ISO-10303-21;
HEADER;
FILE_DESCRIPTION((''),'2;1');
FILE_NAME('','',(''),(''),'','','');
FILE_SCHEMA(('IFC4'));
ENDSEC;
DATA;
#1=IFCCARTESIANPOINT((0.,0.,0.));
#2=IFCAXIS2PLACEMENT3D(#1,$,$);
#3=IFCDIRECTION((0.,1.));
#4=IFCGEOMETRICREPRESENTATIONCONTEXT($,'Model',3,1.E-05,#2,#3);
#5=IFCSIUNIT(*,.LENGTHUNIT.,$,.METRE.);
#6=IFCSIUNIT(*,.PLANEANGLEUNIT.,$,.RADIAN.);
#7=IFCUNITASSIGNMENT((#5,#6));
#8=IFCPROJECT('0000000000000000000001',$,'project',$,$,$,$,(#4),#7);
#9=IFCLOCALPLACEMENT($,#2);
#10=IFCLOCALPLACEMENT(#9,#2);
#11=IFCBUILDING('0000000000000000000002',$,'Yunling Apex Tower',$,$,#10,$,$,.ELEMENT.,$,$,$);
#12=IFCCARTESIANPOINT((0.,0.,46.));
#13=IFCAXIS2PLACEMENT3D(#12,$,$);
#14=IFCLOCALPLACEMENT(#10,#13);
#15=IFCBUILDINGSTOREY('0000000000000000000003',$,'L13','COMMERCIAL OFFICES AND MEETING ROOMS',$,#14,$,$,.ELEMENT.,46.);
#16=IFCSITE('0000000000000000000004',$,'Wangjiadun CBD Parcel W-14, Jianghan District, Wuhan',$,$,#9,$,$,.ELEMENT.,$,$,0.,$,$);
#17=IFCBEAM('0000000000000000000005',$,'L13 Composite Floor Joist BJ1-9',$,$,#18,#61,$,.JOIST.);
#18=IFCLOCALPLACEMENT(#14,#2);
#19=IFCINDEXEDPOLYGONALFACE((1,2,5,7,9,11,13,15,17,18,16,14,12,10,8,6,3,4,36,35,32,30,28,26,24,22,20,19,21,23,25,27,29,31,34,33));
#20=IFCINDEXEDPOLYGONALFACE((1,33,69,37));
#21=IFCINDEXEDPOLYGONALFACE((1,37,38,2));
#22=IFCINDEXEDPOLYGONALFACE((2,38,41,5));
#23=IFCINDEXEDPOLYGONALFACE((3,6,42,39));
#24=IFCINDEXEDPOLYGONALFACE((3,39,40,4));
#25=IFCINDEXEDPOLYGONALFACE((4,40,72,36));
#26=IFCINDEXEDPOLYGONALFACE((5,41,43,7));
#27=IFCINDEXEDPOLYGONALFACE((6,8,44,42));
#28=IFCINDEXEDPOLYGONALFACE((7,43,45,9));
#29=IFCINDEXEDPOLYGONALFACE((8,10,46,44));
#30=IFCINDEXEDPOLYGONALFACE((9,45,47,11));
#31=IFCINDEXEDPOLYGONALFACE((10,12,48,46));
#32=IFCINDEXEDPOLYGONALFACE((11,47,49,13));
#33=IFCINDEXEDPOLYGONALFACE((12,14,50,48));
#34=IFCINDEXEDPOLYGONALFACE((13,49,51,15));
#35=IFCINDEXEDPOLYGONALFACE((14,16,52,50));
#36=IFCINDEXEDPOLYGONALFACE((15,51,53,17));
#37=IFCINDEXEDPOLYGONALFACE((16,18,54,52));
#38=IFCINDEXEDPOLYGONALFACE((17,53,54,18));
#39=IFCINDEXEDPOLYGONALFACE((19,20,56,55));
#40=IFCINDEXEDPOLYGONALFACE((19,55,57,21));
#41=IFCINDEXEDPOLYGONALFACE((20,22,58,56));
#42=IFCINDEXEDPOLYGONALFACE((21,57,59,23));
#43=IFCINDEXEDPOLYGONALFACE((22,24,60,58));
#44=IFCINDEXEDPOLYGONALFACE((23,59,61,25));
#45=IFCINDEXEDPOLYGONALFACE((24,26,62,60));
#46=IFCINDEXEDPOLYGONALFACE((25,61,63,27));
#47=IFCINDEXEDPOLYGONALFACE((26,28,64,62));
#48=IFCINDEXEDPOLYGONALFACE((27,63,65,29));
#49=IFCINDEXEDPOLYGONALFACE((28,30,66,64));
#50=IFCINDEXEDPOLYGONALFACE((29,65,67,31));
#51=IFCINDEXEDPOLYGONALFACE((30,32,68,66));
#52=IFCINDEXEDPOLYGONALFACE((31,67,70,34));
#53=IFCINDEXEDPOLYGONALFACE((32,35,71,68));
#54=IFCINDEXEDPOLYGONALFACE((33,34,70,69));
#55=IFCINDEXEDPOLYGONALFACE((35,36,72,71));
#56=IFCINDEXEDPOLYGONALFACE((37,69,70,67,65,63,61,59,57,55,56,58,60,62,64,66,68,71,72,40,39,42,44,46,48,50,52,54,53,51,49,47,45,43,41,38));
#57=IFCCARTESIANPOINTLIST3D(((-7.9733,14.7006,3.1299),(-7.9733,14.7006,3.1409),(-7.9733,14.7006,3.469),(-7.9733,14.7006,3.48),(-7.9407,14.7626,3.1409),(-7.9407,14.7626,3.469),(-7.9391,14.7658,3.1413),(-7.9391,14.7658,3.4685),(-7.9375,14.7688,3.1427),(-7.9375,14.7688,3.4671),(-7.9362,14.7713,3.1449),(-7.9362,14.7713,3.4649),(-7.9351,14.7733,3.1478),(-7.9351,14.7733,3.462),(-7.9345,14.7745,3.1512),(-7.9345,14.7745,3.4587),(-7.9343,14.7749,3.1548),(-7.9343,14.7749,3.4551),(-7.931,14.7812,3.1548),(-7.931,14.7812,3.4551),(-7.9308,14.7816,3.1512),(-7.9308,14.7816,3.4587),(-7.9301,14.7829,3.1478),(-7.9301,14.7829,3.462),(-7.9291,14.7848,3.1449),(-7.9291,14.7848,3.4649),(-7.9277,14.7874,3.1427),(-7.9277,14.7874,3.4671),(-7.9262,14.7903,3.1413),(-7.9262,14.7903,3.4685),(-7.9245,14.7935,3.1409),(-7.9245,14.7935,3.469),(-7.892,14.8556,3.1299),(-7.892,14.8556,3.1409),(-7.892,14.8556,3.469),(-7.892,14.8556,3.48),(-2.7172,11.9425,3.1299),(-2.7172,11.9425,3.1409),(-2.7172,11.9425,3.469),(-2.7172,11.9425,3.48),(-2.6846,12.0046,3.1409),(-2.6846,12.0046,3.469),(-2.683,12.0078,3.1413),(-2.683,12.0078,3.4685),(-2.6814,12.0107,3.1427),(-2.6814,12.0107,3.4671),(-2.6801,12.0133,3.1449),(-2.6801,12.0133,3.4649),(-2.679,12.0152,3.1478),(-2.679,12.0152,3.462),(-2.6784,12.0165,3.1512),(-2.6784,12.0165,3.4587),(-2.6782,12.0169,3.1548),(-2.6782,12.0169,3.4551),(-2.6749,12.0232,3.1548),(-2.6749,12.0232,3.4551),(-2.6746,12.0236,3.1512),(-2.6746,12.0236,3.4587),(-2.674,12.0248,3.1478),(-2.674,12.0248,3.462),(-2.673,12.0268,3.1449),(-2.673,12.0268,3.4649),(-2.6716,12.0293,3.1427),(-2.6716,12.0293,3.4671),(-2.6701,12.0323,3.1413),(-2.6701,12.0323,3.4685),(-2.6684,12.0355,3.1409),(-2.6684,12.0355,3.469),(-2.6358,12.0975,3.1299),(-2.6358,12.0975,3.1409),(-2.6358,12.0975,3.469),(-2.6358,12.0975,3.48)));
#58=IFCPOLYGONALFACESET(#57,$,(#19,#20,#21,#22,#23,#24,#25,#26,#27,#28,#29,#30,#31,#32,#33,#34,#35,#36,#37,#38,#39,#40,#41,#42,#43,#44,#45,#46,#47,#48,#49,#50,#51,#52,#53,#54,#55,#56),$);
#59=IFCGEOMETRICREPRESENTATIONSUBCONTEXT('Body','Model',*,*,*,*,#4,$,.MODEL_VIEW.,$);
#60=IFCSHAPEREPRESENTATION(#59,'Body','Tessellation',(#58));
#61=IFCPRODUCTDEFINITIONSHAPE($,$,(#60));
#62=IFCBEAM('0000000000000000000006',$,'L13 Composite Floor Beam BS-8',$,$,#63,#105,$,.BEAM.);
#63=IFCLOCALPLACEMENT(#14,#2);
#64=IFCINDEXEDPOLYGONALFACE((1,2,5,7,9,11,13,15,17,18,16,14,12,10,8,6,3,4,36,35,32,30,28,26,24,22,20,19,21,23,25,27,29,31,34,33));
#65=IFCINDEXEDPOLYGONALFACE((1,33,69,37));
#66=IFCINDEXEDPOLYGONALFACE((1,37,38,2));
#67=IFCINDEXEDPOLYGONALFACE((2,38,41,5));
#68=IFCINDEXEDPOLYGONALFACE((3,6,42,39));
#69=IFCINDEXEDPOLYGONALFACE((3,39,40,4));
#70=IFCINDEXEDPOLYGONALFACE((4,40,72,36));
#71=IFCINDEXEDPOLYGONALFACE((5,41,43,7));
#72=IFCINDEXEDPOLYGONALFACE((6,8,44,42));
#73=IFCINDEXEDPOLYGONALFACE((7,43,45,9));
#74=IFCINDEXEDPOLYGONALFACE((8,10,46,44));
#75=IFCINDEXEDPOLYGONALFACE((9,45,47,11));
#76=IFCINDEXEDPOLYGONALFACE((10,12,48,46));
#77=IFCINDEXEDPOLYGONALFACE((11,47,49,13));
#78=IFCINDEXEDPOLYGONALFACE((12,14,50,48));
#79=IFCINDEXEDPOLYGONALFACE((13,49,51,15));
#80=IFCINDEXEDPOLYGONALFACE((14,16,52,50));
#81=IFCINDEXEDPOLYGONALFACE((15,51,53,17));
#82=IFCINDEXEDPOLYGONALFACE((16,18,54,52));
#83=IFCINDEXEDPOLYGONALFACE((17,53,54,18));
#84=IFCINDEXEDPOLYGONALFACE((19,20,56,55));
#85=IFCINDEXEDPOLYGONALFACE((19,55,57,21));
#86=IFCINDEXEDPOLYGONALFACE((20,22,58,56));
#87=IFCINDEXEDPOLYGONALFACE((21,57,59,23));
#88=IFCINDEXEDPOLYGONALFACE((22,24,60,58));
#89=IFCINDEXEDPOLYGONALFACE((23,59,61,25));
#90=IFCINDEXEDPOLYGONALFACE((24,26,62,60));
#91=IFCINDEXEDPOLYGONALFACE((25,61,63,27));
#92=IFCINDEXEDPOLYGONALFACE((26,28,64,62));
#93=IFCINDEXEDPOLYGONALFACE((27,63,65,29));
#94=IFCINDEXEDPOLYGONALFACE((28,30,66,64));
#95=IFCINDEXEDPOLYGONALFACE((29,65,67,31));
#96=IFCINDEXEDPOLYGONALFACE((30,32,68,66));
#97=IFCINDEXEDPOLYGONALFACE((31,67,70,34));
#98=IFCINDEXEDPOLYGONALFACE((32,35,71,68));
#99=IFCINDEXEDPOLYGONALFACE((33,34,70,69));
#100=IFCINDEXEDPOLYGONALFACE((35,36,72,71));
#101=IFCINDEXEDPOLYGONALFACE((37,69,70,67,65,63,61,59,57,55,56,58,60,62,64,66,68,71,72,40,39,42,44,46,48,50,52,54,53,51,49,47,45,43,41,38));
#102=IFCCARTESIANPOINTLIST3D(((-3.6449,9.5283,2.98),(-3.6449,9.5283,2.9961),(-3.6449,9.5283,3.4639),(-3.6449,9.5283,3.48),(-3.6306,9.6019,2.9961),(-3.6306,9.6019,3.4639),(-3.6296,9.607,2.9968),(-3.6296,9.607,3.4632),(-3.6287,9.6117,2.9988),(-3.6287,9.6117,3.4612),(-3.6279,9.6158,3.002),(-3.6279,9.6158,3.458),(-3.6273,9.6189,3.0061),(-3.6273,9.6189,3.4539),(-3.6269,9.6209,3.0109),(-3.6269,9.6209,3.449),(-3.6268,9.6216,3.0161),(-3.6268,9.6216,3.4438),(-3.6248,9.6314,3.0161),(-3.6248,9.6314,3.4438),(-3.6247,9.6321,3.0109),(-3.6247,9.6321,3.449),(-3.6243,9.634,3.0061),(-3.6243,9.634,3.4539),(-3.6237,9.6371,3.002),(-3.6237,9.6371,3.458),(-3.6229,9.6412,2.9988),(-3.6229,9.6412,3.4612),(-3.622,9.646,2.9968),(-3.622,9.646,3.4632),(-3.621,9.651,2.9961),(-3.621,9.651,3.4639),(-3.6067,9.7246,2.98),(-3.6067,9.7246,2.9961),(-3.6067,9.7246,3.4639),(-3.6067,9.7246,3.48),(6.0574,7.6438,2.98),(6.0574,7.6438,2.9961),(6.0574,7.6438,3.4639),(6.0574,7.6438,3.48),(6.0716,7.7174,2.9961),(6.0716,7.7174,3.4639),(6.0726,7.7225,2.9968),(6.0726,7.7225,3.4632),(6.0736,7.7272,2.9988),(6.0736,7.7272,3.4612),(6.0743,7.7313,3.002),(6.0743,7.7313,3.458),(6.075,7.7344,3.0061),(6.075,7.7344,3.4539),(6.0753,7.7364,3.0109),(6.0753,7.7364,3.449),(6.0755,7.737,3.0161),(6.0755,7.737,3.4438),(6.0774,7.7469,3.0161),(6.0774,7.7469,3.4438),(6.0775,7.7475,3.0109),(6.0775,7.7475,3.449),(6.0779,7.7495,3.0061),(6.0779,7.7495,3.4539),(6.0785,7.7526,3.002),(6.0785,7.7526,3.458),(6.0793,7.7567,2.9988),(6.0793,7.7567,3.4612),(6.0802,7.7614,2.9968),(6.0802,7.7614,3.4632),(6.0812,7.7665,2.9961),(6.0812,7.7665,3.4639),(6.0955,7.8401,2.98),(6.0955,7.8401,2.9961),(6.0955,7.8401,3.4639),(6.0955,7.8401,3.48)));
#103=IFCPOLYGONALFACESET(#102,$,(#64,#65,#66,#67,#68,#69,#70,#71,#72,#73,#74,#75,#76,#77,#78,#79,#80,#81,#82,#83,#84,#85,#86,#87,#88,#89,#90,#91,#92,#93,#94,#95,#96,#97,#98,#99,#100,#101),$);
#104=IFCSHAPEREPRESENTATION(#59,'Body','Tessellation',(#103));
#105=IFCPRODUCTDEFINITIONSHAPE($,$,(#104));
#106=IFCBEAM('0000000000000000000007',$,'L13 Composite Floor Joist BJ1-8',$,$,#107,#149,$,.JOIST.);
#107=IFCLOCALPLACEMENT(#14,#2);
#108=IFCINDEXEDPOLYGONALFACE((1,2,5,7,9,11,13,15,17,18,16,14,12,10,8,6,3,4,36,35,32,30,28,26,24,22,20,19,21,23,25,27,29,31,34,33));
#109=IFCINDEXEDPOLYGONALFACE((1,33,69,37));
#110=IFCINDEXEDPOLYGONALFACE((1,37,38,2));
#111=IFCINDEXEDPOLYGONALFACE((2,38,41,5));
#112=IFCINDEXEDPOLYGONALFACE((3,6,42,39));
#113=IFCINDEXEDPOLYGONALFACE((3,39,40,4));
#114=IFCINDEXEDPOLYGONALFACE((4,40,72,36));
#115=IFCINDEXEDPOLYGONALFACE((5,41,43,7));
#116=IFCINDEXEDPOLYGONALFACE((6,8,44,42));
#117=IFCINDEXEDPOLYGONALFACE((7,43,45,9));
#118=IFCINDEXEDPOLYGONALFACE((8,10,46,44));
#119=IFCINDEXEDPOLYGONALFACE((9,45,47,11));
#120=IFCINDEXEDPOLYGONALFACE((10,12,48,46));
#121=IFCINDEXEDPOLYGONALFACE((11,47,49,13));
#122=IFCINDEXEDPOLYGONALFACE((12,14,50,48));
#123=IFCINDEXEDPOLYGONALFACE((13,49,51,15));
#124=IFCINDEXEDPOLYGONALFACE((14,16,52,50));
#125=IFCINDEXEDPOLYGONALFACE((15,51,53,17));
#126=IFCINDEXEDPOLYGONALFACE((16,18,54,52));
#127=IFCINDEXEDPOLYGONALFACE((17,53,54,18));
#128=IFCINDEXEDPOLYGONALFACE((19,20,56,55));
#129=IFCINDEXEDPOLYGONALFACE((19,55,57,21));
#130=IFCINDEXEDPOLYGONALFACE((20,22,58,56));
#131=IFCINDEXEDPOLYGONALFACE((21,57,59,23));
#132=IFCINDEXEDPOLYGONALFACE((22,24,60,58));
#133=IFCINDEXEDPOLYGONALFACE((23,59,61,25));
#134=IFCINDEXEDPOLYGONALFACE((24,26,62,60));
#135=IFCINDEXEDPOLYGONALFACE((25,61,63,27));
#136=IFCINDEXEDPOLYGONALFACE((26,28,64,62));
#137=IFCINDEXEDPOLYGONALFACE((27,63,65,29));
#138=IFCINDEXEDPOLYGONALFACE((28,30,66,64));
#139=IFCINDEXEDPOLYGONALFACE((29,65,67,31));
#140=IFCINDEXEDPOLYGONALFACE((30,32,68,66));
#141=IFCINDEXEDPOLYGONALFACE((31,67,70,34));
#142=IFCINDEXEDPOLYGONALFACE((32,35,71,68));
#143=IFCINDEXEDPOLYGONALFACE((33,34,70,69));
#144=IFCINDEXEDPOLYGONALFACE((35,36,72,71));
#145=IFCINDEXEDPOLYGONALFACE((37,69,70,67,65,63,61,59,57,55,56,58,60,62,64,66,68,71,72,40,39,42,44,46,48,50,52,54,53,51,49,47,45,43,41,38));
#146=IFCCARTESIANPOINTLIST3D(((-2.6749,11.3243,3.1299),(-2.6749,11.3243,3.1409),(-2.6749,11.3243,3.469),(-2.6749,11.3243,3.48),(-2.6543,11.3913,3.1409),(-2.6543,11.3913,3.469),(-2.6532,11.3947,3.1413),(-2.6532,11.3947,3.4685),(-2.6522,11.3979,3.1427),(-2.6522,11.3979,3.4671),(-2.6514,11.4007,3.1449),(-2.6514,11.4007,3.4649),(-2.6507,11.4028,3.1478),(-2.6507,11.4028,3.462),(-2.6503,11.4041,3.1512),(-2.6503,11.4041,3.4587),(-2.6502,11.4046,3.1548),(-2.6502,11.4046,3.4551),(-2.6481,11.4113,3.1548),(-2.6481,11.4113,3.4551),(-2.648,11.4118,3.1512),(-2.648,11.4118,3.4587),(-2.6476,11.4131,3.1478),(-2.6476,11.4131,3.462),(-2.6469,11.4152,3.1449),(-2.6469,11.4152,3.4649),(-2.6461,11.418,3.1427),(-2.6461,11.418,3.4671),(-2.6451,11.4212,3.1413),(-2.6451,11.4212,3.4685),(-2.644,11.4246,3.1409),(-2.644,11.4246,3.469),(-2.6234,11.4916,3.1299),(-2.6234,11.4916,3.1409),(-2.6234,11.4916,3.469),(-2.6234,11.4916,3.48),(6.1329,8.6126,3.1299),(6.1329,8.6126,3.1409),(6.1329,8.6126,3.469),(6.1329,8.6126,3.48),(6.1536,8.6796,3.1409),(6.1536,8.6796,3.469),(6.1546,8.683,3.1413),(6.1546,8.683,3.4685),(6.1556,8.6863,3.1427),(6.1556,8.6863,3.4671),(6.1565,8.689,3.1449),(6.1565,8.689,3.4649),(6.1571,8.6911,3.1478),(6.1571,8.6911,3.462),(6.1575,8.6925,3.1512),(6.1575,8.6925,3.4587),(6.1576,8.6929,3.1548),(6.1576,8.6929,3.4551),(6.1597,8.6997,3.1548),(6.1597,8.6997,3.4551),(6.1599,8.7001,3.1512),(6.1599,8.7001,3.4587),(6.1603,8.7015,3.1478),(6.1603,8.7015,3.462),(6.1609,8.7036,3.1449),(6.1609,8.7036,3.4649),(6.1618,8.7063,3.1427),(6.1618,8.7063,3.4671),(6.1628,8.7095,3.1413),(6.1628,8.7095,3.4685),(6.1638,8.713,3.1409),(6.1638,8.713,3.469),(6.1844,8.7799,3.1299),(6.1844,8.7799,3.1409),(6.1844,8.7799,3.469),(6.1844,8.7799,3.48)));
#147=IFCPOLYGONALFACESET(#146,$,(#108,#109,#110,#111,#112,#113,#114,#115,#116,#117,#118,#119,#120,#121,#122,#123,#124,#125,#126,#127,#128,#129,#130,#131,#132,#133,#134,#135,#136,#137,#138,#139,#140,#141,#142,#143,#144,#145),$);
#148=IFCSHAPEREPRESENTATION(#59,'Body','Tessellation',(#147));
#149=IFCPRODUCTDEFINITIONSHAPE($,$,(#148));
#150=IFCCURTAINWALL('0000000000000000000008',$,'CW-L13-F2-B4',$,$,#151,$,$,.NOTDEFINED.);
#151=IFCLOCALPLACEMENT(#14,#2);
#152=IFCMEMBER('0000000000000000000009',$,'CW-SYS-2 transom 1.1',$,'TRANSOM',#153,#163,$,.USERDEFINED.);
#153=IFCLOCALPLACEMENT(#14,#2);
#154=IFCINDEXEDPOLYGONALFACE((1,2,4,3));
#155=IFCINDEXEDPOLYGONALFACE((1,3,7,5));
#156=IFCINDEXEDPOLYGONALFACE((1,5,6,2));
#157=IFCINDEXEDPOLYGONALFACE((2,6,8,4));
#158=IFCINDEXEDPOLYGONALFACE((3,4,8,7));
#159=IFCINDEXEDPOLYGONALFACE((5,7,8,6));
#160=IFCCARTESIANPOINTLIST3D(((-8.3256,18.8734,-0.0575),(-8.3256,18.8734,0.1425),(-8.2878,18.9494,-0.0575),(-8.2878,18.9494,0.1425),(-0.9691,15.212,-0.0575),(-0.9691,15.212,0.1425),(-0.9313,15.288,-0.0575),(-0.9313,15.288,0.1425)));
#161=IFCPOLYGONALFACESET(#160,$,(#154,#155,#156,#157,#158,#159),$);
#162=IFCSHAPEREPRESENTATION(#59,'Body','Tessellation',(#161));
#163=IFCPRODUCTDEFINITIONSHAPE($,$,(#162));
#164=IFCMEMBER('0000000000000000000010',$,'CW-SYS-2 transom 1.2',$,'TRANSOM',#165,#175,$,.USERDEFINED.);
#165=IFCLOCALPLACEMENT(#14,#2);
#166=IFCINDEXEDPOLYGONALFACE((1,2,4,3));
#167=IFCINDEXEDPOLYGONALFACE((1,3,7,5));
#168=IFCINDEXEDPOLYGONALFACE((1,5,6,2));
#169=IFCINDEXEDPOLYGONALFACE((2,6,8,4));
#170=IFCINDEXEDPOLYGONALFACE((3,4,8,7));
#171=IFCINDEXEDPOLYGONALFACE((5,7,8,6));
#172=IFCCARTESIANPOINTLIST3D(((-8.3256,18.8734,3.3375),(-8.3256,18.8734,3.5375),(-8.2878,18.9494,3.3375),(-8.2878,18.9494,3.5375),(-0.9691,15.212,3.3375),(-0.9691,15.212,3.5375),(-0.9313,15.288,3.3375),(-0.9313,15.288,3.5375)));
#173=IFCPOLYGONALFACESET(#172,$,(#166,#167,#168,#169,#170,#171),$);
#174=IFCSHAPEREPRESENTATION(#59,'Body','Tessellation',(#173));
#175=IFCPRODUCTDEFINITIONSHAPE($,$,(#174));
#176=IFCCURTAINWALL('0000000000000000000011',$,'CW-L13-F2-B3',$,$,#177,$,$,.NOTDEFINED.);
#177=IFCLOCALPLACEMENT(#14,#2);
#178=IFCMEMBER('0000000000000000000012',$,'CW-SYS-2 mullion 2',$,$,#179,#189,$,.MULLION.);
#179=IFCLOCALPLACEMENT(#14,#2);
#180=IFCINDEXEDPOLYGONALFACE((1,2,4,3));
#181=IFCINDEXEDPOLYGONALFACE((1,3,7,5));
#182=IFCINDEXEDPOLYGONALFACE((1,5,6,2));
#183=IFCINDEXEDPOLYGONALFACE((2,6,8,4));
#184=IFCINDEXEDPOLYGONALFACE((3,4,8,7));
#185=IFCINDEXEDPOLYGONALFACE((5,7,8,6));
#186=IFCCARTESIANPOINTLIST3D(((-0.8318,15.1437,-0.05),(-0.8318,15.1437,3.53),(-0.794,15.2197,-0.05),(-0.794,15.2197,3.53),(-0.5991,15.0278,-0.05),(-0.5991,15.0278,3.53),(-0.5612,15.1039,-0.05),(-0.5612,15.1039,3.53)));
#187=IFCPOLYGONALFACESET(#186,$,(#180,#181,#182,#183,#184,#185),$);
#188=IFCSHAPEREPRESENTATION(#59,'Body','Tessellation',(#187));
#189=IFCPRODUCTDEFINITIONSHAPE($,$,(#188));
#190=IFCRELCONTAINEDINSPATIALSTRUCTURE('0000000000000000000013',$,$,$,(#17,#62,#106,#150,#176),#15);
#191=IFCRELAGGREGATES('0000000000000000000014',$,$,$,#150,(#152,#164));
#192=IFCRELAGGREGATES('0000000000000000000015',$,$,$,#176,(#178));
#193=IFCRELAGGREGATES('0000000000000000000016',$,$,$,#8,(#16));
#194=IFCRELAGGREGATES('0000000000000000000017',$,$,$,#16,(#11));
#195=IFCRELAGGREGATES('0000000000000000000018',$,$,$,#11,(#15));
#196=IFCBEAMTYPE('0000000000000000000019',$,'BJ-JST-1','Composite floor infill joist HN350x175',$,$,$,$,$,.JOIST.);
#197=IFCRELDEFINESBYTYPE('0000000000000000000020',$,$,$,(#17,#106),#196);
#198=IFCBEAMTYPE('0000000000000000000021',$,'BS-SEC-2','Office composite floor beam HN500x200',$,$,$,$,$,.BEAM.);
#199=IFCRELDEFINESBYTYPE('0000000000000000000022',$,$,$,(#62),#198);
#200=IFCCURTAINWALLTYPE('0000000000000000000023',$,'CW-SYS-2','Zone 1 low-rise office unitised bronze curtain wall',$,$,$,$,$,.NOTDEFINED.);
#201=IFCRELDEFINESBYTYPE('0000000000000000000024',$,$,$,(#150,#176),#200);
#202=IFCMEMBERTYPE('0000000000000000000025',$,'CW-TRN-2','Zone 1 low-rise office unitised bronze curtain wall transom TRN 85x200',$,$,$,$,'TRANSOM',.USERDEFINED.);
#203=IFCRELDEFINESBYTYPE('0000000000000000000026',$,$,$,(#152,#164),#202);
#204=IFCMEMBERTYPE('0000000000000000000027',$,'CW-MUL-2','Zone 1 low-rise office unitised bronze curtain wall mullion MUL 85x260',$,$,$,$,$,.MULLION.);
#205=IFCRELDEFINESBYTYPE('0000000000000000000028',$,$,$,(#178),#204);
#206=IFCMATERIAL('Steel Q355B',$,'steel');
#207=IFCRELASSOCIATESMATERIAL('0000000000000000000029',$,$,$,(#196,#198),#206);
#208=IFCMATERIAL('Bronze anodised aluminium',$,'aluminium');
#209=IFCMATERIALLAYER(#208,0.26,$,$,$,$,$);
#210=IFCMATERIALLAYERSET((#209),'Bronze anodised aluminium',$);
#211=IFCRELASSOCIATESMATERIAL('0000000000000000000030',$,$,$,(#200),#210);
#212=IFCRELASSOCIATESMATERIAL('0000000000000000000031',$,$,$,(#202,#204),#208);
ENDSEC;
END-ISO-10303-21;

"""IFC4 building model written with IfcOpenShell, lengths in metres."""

from ifc_helpers import new_model, si_unit, direction, frame, origin, origin_2d, place, context, subcontext, project, spatial, rectangle, i_section, extrude, source, transform, mapped, material, layer, layer_set, material_profile, profile_set, type_object, element, aggregate, save


model = new_model("IFC4")

# Units and contexts
model_context = context("Model", 3, precision=1e-05, world=origin(), true_north=direction((0.0, 1.0)))
body_context = subcontext(model_context, "Body", "Model", "MODEL_VIEW")
ifc_project = project(units=[si_unit("LENGTHUNIT", "METRE"), si_unit("PLANEANGLEUNIT", "RADIAN")], contexts=[model_context])

# Site, building, storey
site_placement = place(None, origin())
site = spatial("IfcSite", under=ifc_project, at=site_placement, Name="Wangjiadun CBD Parcel W-14, Jianghan District, Wuhan", CompositionType="ELEMENT", RefElevation=0.0)
building_placement = place(site_placement, origin())
building = spatial("IfcBuilding", under=site, at=building_placement, Name="Yunling Apex Tower", CompositionType="ELEMENT")
storey_placement = place(building_placement, frame((0.0, 0.0, 46.0)))
storey = spatial("IfcBuildingStorey", under=building, at=storey_placement, Name="L13", Description="COMMERCIAL OFFICES AND MEETING ROOMS", CompositionType="ELEMENT", Elevation=46.0)

# Beams
ifc_material_1 = material(Name="Steel Q355B", Category="steel")
ifc_material_profile_1 = material_profile(ifc_material_1, i_section(OverallWidth=0.175, OverallDepth=0.3501, WebThickness=0.0071, FlangeThickness=0.011, FilletRadius=0.0139, at=origin_2d()))
ifc_profile_set_1 = profile_set([ifc_material_profile_1], Name="Steel Q355B")
beam_type_1 = type_object("IfcBeamType", Name="BJ-JST-1", Description="Composite floor infill joist HN350x175", PredefinedType="JOIST", material=ifc_profile_set_1)
shared_shape_1 = source(origin(), body_context, "Body", "SweptSolid", [
    extrude(i_section(OverallWidth=0.175, OverallDepth=0.3501, WebThickness=0.0071, FlangeThickness=0.011, FilletRadius=0.0139, at=origin_2d()), origin(), (0.0, 0.0, 1.0), 5.9358),
])
beam_1_placement = place(storey_placement, frame((-2.6765, 12.02, 3.3049), z_axis=(-0.885495, 0.464649, 0.0), x_axis=(-0.464649, -0.885495, 0.0)))
element("IfcBeam", 1, at=beam_1_placement, inside=storey, type_object=beam_type_1, Name="L13 Composite Floor Joist BJ1-9", PredefinedType="JOIST", context=body_context, shape_type="MappedRepresentation", body=[
    mapped(shared_shape_1, transform((0.0, 0.0, 0.0), scale=1.0)),
])
ifc_material_profile_2 = material_profile(ifc_material_1, i_section(OverallWidth=0.2, OverallDepth=0.5, WebThickness=0.01, FlangeThickness=0.0161, FilletRadius=0.02, at=origin_2d()))
ifc_profile_set_2 = profile_set([ifc_material_profile_2], Name="Steel Q355B")
beam_type_2 = type_object("IfcBeamType", Name="BS-SEC-2", Description="Office composite floor beam HN500x200", PredefinedType="BEAM", material=ifc_profile_set_2)
shared_shape_2 = source(origin(), body_context, "Body", "SweptSolid", [
    extrude(i_section(OverallWidth=0.2, OverallDepth=0.5, WebThickness=0.01, FlangeThickness=0.0161, FilletRadius=0.02, at=origin_2d()), origin(), (0.0, 0.0, 1.0), 9.8835),
])
beam_2_placement = place(storey_placement, frame((6.0764, 7.7419, 3.23), z_axis=(-0.981653, 0.190674, 0.0), x_axis=(-0.190674, -0.981653, 0.0)))
element("IfcBeam", 2, at=beam_2_placement, inside=storey, type_object=beam_type_2, Name="L13 Composite Floor Beam BS-8", PredefinedType="BEAM", context=body_context, shape_type="MappedRepresentation", body=[
    mapped(shared_shape_2, transform((0.0, 0.0, 0.0), scale=1.0)),
])
shared_shape_3 = source(origin(), body_context, "Body", "SweptSolid", [
    extrude(i_section(OverallWidth=0.175, OverallDepth=0.3501, WebThickness=0.0071, FlangeThickness=0.011, FilletRadius=0.0139, at=origin_2d()), origin(), (0.0, 0.0, 1.0), 9.2158),
])
beam_3_placement = place(storey_placement, frame((6.1587, 8.6963, 3.3049), z_axis=(-0.955731, 0.29424, 0.0), x_axis=(-0.29424, -0.955731, 0.0)))
element("IfcBeam", 3, at=beam_3_placement, inside=storey, type_object=beam_type_1, Name="L13 Composite Floor Joist BJ1-8", PredefinedType="JOIST", context=body_context, shape_type="MappedRepresentation", body=[
    mapped(shared_shape_3, transform((0.0, 0.0, 0.0), scale=1.0)),
])

# Curtain wall, members
ifc_material_2 = material(Name="Bronze anodised aluminium", Category="aluminium")
ifc_layer_1 = layer(ifc_material_2, 0.26)
ifc_layer_set_1 = layer_set([ifc_layer_1], Name="Bronze anodised aluminium")
curtain_wall_type = type_object("IfcCurtainWallType", Name="CW-SYS-2", Description="Zone 1 low-rise office unitised bronze curtain wall", PredefinedType="NOTDEFINED", material=ifc_layer_set_1)
curtain_wall_1_placement = place(storey_placement, origin())
curtain_wall_1 = element("IfcCurtainWall", 4, at=curtain_wall_1_placement, inside=storey, type_object=curtain_wall_type, Name="CW-L13-F2-B4", PredefinedType="NOTDEFINED")
ifc_material_profile_3 = material_profile(ifc_material_2, rectangle(XDim=0.085, YDim=0.2, at=origin_2d()))
ifc_profile_set_3 = profile_set([ifc_material_profile_3], Name="Bronze anodised aluminium")
member_type_1 = type_object("IfcMemberType", Name="CW-TRN-2", Description="Zone 1 low-rise office unitised bronze curtain wall transom TRN 85x200", ElementType="TRANSOM", PredefinedType="USERDEFINED", material=ifc_profile_set_3)
shared_shape_4 = source(origin(), body_context, "Body", "SweptSolid", [
    extrude(rectangle(XDim=0.085, YDim=0.2, at=origin_2d()), origin(), (0.0, 0.0, 1.0), 8.2173),
])
member_1_placement = place(storey_placement, frame((-0.9502, 15.25, 0.0425), z_axis=(-0.895246, 0.445573, 0.0), x_axis=(-0.445573, -0.895246, 0.0)))
member_1 = element("IfcMember", 5, at=member_1_placement, type_object=member_type_1, Name="CW-SYS-2 transom 1.1", ObjectType="TRANSOM", PredefinedType="USERDEFINED", context=body_context, shape_type="MappedRepresentation", body=[
    mapped(shared_shape_4, transform((0.0, 0.0, 0.0), scale=1.0)),
])
member_2_placement = place(storey_placement, frame((-0.9502, 15.25, 3.4375), z_axis=(-0.895246, 0.445573, 0.0), x_axis=(-0.445573, -0.895246, 0.0)))
member_2 = element("IfcMember", 6, at=member_2_placement, type_object=member_type_1, Name="CW-SYS-2 transom 1.2", ObjectType="TRANSOM", PredefinedType="USERDEFINED", context=body_context, shape_type="MappedRepresentation", body=[
    mapped(shared_shape_4, transform((0.0, 0.0, 0.0), scale=1.0)),
])

# Curtain wall, member
curtain_wall_2_placement = place(storey_placement, origin())
curtain_wall_2 = element("IfcCurtainWall", 7, at=curtain_wall_2_placement, inside=storey, type_object=curtain_wall_type, Name="CW-L13-F2-B3", PredefinedType="NOTDEFINED")
ifc_material_profile_4 = material_profile(ifc_material_2, rectangle(XDim=0.085, YDim=0.26, at=origin_2d()))
ifc_profile_set_4 = profile_set([ifc_material_profile_4], Name="Bronze anodised aluminium")
member_type_2 = type_object("IfcMemberType", Name="CW-MUL-2", Description="Zone 1 low-rise office unitised bronze curtain wall mullion MUL 85x260", PredefinedType="MULLION", material=ifc_profile_set_4)
shared_shape_5 = source(origin(), body_context, "Body", "SweptSolid", [
    extrude(rectangle(XDim=0.085, YDim=0.26, at=origin_2d()), origin(), (0.0, 0.0, 1.0), 3.5801),
])
member_3_placement = place(storey_placement, frame((-0.6965, 15.1238, -0.05), z_axis=(0.0, 0.0, 1.0), x_axis=(-0.44558, -0.895242, 0.0)))
member_3 = element("IfcMember", 8, at=member_3_placement, type_object=member_type_2, Name="CW-SYS-2 mullion 2", PredefinedType="MULLION", context=body_context, shape_type="MappedRepresentation", body=[
    mapped(shared_shape_5, transform((0.0, 0.0, 0.0), scale=1.0)),
])

aggregate(curtain_wall_1, [member_1, member_2])

aggregate(curtain_wall_2, [member_3])

save(model, "model.ifc")
